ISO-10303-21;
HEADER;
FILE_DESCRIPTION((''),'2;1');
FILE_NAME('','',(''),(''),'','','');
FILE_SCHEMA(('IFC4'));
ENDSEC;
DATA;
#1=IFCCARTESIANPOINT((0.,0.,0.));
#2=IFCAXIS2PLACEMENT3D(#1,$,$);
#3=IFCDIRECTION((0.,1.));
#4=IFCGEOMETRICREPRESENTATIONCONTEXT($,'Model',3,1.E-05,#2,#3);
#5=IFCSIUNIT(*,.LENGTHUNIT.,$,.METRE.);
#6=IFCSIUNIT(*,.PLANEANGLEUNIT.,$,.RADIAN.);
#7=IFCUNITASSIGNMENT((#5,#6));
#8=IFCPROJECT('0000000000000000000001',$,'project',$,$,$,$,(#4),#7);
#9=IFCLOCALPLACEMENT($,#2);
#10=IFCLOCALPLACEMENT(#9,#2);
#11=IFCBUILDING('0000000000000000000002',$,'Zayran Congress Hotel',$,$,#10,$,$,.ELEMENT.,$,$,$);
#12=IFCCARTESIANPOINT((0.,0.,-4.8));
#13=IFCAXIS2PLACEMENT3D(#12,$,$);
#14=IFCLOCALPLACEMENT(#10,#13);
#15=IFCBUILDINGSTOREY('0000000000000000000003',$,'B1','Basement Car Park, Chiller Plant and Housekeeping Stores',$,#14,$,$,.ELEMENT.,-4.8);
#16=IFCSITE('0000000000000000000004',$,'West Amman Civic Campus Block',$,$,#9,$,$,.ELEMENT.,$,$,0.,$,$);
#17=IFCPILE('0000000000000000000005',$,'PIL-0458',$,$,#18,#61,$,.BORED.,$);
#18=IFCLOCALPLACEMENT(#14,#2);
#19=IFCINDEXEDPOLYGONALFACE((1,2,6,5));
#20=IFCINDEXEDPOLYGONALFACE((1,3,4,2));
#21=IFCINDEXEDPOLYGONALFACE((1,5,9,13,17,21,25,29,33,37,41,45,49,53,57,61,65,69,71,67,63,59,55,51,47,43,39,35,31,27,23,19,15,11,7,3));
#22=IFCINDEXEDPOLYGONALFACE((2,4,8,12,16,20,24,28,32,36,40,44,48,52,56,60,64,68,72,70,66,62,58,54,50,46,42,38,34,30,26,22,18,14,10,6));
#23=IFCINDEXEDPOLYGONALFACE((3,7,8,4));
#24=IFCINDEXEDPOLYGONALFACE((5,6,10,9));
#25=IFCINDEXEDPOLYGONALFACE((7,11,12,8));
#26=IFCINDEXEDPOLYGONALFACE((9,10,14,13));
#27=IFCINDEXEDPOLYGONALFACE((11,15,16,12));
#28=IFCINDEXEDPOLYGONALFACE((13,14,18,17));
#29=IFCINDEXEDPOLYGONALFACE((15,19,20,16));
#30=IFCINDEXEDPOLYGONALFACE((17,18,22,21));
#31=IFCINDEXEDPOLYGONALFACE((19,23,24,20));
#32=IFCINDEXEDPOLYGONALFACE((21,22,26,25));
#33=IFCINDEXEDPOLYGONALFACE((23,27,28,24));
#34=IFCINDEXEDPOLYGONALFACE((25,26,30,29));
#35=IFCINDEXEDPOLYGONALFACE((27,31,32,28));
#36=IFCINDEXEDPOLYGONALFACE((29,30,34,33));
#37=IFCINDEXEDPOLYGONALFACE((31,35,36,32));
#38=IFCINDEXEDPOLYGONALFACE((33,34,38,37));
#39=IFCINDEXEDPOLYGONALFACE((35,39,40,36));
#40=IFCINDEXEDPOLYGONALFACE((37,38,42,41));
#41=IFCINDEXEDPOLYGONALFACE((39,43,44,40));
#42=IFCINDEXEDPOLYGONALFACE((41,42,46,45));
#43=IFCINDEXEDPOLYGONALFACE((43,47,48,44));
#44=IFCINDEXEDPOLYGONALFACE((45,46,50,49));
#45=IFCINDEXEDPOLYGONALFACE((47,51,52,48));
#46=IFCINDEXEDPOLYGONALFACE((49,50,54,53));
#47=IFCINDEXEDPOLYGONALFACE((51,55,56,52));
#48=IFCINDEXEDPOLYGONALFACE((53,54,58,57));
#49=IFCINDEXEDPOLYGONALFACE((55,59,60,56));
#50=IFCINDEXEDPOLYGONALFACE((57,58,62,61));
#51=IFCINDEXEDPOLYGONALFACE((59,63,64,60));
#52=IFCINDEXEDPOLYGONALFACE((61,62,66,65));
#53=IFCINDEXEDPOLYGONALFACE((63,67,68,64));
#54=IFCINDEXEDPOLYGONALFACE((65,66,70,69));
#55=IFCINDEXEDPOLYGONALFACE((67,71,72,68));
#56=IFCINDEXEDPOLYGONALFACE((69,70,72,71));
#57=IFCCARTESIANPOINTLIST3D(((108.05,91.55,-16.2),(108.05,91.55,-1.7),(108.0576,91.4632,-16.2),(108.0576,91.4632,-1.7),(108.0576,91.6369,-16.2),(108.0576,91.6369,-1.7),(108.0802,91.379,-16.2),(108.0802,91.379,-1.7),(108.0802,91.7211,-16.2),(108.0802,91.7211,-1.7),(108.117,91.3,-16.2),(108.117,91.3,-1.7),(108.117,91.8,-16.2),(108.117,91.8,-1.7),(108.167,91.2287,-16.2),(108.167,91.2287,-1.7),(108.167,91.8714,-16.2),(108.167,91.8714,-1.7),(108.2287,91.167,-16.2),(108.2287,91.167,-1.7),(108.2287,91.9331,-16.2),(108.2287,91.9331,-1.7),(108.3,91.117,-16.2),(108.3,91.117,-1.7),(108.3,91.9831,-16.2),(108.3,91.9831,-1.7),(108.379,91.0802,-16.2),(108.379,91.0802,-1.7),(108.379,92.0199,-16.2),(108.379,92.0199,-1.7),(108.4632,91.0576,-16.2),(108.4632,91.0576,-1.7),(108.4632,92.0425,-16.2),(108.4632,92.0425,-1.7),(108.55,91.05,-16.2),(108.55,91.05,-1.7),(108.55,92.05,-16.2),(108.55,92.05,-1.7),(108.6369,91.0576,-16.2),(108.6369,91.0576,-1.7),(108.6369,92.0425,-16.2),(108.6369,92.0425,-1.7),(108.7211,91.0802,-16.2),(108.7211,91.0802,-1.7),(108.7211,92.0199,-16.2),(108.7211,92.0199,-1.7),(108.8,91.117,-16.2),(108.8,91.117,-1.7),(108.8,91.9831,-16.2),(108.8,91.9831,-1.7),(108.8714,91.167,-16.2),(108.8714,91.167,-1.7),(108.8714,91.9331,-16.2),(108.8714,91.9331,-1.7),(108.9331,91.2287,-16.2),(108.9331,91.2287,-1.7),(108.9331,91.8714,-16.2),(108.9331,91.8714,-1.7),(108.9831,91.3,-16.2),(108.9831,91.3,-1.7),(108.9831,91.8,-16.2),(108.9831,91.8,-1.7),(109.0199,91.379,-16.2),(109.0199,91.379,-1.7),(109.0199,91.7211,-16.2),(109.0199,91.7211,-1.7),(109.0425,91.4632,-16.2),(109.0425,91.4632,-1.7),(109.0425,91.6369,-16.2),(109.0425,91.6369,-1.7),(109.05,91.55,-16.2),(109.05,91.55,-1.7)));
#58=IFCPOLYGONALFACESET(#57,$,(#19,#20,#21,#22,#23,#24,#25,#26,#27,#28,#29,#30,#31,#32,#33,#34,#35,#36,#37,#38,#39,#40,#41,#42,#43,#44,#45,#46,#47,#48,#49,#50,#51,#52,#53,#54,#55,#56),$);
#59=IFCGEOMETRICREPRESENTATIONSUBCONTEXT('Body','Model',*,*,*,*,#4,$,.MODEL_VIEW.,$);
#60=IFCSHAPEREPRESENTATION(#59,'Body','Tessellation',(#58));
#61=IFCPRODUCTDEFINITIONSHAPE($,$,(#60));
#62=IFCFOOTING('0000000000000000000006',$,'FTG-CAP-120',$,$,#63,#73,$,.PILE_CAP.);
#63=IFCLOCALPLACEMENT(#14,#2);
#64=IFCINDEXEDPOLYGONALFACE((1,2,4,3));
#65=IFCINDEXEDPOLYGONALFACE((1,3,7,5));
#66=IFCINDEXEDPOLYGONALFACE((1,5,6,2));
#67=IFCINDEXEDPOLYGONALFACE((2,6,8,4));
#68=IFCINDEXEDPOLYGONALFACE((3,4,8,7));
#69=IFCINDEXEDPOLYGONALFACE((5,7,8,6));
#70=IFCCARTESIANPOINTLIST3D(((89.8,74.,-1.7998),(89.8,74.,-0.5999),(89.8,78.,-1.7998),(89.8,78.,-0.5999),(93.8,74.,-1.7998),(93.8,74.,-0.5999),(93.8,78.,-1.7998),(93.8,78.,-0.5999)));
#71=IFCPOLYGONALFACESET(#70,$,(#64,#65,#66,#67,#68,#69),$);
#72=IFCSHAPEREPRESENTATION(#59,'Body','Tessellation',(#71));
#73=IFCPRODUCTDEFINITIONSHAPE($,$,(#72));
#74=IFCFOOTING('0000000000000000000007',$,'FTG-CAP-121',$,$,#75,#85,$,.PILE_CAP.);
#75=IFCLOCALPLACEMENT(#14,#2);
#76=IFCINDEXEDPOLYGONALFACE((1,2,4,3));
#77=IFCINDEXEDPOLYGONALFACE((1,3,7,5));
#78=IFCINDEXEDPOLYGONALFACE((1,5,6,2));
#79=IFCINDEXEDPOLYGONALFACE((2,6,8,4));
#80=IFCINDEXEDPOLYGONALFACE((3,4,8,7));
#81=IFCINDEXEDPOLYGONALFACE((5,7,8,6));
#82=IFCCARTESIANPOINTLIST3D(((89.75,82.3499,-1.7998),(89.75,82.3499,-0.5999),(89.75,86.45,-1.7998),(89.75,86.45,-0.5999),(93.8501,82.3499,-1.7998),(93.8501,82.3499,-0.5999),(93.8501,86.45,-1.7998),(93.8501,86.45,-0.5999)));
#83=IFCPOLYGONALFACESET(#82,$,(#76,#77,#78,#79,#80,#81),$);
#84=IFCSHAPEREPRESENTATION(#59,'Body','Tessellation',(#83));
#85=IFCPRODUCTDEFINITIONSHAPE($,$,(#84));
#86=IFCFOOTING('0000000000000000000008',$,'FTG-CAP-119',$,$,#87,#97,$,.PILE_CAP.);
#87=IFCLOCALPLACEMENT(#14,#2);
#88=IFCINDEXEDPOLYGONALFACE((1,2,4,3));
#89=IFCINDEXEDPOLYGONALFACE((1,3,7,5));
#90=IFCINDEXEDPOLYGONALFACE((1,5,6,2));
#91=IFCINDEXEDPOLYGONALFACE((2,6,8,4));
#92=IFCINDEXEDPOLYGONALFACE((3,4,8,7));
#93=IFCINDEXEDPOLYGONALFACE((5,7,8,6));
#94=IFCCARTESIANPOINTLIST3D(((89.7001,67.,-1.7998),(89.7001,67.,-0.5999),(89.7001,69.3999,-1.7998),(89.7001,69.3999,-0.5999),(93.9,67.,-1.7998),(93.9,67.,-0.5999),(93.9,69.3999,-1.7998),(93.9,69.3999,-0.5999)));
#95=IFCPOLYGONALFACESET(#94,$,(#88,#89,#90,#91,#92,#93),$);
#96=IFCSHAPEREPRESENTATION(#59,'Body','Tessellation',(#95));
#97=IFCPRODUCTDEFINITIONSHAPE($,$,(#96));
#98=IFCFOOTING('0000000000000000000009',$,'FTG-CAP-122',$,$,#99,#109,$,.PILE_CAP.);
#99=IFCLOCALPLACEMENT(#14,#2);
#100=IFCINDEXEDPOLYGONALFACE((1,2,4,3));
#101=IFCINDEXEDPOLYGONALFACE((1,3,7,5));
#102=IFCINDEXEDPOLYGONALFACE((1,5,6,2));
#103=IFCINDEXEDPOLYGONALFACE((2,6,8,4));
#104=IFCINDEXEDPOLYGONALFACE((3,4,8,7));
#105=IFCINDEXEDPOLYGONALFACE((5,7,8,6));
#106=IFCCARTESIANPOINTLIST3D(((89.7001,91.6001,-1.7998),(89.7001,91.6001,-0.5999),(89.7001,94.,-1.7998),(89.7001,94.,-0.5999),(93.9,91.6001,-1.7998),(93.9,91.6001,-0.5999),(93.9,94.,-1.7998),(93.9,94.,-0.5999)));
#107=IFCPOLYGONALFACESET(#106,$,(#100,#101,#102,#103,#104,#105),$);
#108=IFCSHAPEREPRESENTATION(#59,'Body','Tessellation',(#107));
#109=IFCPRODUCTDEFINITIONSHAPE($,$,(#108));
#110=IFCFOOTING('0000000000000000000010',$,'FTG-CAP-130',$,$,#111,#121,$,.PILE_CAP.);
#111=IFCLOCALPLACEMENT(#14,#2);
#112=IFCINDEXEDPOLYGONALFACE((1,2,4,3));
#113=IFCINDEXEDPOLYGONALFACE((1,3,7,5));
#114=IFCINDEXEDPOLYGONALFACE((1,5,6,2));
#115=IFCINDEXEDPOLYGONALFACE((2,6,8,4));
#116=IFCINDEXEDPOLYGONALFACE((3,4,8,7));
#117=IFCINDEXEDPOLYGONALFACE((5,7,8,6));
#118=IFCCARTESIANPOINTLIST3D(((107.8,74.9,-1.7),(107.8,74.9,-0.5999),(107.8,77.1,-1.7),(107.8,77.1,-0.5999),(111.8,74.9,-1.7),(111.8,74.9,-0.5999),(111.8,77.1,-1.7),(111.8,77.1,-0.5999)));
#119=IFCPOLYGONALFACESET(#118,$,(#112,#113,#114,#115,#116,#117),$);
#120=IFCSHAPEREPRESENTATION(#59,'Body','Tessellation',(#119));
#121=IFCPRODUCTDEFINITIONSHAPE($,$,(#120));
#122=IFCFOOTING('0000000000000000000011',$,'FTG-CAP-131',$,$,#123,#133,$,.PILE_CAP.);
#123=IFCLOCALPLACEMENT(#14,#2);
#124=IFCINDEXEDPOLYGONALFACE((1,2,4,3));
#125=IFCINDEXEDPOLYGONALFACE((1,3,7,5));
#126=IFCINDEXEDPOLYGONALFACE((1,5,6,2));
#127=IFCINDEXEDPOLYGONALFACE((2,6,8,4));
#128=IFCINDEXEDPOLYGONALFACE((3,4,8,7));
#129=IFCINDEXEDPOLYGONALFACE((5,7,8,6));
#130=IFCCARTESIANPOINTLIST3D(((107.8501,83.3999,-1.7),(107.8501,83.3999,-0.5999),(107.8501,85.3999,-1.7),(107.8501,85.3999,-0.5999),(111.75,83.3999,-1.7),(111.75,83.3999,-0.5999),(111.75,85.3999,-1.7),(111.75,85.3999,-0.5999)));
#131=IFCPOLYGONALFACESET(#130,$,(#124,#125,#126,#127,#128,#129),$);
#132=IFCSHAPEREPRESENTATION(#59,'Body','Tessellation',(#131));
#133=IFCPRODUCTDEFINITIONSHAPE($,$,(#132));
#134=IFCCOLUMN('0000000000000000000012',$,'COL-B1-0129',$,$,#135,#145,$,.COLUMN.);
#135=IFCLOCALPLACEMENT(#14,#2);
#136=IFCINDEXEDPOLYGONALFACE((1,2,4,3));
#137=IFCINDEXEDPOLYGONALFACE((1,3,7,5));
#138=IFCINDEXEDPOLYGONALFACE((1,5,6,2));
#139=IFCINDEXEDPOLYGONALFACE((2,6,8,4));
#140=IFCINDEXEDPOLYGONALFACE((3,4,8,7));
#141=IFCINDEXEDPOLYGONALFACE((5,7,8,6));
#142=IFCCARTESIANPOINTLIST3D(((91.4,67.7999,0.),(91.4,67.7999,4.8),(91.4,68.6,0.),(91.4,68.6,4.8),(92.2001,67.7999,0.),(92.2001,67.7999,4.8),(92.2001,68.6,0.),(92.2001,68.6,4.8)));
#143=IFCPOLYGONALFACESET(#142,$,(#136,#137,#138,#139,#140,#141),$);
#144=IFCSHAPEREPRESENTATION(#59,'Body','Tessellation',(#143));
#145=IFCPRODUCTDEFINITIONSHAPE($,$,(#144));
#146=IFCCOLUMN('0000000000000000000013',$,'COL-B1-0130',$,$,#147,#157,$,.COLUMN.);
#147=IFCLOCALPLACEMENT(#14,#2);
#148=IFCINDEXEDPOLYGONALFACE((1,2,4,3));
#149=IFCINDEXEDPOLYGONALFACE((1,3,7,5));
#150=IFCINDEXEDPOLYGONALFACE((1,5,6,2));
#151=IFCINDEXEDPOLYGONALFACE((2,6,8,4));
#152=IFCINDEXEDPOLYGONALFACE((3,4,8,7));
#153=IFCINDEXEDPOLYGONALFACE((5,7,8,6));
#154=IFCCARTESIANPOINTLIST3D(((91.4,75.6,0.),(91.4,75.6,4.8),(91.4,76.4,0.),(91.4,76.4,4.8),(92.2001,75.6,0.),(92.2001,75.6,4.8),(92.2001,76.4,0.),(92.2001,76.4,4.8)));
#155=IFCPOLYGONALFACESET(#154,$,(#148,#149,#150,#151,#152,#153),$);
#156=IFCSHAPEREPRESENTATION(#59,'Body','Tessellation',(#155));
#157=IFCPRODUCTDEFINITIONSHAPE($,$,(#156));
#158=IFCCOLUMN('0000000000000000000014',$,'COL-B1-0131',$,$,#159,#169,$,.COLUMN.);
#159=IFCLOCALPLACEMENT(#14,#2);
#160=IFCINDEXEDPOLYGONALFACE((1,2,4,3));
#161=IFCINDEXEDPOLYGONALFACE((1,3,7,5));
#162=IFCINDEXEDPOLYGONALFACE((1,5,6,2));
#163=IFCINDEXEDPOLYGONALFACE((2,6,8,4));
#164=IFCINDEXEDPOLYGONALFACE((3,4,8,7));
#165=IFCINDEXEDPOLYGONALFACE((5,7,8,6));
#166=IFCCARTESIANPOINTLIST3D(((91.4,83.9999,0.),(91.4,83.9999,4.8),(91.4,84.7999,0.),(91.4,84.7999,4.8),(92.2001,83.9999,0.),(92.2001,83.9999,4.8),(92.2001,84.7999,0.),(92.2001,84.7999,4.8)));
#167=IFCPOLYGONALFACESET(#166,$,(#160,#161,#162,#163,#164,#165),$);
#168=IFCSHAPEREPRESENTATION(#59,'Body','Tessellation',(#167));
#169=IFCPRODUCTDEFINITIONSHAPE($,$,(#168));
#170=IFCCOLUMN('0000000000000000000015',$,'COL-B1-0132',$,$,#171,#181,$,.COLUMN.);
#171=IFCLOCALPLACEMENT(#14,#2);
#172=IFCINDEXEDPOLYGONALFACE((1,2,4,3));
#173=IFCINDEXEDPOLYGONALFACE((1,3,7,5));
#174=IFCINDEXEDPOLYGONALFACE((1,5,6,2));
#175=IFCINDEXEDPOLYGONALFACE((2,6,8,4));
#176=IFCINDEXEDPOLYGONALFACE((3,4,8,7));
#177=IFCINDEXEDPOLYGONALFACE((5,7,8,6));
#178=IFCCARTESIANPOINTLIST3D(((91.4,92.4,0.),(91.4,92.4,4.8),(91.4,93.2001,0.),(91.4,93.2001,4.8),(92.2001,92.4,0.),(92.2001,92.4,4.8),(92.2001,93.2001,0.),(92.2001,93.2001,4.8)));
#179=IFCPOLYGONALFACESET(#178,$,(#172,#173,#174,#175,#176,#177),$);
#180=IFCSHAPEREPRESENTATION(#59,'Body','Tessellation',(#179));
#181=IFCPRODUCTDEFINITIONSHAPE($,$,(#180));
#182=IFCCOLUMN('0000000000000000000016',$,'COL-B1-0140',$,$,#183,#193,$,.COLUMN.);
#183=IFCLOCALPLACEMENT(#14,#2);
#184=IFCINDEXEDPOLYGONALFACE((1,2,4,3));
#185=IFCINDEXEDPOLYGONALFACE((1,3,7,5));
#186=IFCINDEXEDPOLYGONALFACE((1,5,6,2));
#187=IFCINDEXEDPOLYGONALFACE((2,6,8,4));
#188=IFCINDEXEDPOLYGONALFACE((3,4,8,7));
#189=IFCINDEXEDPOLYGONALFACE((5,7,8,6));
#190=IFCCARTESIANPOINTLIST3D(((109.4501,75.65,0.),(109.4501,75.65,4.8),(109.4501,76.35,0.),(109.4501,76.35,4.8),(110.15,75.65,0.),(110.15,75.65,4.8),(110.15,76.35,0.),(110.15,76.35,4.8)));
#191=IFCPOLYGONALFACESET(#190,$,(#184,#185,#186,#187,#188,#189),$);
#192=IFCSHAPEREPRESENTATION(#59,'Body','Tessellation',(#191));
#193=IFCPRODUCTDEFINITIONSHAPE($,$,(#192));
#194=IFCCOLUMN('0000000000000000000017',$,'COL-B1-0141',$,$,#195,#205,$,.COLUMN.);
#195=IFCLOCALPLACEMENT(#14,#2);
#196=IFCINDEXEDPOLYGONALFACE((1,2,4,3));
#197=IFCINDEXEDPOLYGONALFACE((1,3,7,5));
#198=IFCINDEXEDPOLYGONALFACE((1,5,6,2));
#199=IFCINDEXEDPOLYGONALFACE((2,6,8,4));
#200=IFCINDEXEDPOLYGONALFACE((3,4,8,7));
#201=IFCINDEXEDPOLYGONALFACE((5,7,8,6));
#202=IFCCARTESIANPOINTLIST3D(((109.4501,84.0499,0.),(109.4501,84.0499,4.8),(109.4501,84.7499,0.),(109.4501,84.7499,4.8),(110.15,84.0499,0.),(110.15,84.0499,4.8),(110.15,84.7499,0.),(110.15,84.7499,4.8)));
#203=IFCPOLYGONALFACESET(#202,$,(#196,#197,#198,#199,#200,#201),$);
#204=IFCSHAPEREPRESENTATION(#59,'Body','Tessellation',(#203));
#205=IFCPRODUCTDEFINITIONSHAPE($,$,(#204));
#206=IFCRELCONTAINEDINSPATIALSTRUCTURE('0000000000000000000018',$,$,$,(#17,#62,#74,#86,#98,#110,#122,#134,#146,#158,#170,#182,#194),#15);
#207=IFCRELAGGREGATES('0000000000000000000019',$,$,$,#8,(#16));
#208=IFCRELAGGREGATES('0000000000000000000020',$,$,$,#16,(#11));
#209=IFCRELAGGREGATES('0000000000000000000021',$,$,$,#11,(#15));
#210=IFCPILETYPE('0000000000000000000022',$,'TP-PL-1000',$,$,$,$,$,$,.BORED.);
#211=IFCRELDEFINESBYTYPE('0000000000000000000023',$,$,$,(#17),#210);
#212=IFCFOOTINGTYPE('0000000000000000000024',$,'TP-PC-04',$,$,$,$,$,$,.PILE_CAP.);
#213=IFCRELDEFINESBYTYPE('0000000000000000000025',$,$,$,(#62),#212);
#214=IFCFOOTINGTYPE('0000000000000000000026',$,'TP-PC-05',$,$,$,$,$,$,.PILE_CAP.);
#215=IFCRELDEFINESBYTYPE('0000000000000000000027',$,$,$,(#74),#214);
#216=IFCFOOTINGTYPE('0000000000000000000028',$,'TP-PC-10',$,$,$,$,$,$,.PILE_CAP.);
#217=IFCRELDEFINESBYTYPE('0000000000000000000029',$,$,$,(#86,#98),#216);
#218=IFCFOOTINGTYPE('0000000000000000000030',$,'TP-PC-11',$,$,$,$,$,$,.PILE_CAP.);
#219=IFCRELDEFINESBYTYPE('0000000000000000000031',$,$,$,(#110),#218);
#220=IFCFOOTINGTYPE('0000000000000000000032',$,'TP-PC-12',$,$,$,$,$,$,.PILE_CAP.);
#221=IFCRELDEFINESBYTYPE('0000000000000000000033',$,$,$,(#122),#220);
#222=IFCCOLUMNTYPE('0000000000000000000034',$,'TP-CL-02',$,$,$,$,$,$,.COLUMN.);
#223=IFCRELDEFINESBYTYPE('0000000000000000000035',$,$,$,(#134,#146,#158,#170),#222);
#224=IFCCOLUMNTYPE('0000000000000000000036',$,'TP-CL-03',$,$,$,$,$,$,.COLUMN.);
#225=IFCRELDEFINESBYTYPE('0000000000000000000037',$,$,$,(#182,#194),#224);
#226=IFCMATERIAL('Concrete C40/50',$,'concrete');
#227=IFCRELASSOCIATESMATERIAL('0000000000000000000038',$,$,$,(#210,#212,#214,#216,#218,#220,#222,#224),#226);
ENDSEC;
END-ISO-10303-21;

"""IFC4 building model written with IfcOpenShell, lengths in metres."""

from ifc_helpers import new_model, si_unit, direction, frame, origin, origin_2d, place, context, subcontext, project, spatial, rectangle, circle, extrude, material, material_profile, profile_set, type_object, element, save


model = new_model("IFC4")

# Units and contexts
model_context = context("Model", 3, precision=1e-05, world=origin(), true_north=direction((0.0, 1.0)))
body_context = subcontext(model_context, "Body", "Model", "MODEL_VIEW")
ifc_project = project(units=[si_unit("LENGTHUNIT", "METRE"), si_unit("PLANEANGLEUNIT", "RADIAN")], contexts=[model_context])

# Site, building, storey
site_placement = place(None, origin())
site = spatial("IfcSite", under=ifc_project, at=site_placement, Name="West Amman Civic Campus Block", CompositionType="ELEMENT", RefElevation=0.0)
building_placement = place(site_placement, origin())
building = spatial("IfcBuilding", under=site, at=building_placement, Name="Zayran Congress Hotel", CompositionType="ELEMENT")
storey_placement = place(building_placement, frame((0.0, 0.0, -4.8)))
storey = spatial("IfcBuildingStorey", under=building, at=storey_placement, Name="B1", Description="Basement Car Park, Chiller Plant and Housekeeping Stores", CompositionType="ELEMENT", Elevation=-4.8)

# Pile
ifc_material_1 = material(Name="Concrete C40/50", Category="concrete")
ifc_material_profile_1 = material_profile(ifc_material_1, circle(Radius=0.5, at=origin_2d()), Name="PILE D1000")
ifc_profile_set_1 = profile_set([ifc_material_profile_1], Name="Concrete C40/50")
pile_type = type_object("IfcPileType", Name="TP-PL-1000", PredefinedType="BORED", material=ifc_profile_set_1)
pile_placement = place(storey_placement, frame((108.55, 91.55, -1.7), z_axis=(0.0, 0.0, -1.0), x_axis=(1.0, 0.0, 0.0)))
element("IfcPile", 1, at=pile_placement, inside=storey, type_object=pile_type, Name="PIL-0458", PredefinedType="BORED", context=body_context, shape_type="SweptSolid", body=[
    extrude(circle(Radius=0.5, at=origin_2d()), origin(), (0.0, 0.0, 1.0), 14.5),
])

# Footings
footing_type_1 = type_object("IfcFootingType", Name="TP-PC-04", PredefinedType="PILE_CAP", material=ifc_material_1)
footing_1_placement = place(storey_placement, frame((91.8, 76.0, -1.7998), z_axis=(0.0, 0.0, 1.0), x_axis=(1.0, 0.0, 0.0)))
element("IfcFooting", 2, at=footing_1_placement, inside=storey, type_object=footing_type_1, Name="FTG-CAP-120", PredefinedType="PILE_CAP", context=body_context, shape_type="SweptSolid", body=[
    extrude(rectangle(XDim=4.0, YDim=4.0, at=origin_2d()), origin(), (0.0, 0.0, 1.0), 1.2),
])
footing_type_2 = type_object("IfcFootingType", Name="TP-PC-05", PredefinedType="PILE_CAP", material=ifc_material_1)
footing_2_placement = place(storey_placement, frame((91.8, 84.3999, -1.7998), z_axis=(0.0, 0.0, 1.0), x_axis=(1.0, 0.0, 0.0)))
element("IfcFooting", 3, at=footing_2_placement, inside=storey, type_object=footing_type_2, Name="FTG-CAP-121", PredefinedType="PILE_CAP", context=body_context, shape_type="SweptSolid", body=[
    extrude(rectangle(XDim=4.1001, YDim=4.1001, at=origin_2d()), origin(), (0.0, 0.0, 1.0), 1.2),
])
footing_type_3 = type_object("IfcFootingType", Name="TP-PC-10", PredefinedType="PILE_CAP", material=ifc_material_1)
for number, where, z_axis, x_axis, name in (
    (4, (91.8, 68.2, -1.7998), (0.0, 0.0, 1.0), (1.0, 0.0, 0.0), "FTG-CAP-119"),
    (5, (91.8, 92.8, -1.7998), (0.0, 0.0, 1.0), (1.0, 0.0, 0.0), "FTG-CAP-122"),
):
    element("IfcFooting", number, at=place(storey_placement, frame(where, z_axis=z_axis, x_axis=x_axis)), inside=storey, type_object=footing_type_3, Name=name, PredefinedType="PILE_CAP", context=body_context, shape_type="SweptSolid", body=[
        extrude(rectangle(XDim=4.2, YDim=2.3999, at=origin_2d()), origin(), (0.0, 0.0, 1.0), 1.2),
    ])
footing_type_4 = type_object("IfcFootingType", Name="TP-PC-11", PredefinedType="PILE_CAP", material=ifc_material_1)
footing_3_placement = place(storey_placement, frame((109.8, 76.0, -1.7), z_axis=(0.0, 0.0, 1.0), x_axis=(1.0, 0.0, 0.0)))
element("IfcFooting", 6, at=footing_3_placement, inside=storey, type_object=footing_type_4, Name="FTG-CAP-130", PredefinedType="PILE_CAP", context=body_context, shape_type="SweptSolid", body=[
    extrude(rectangle(XDim=4.0, YDim=2.2, at=origin_2d()), origin(), (0.0, 0.0, 1.0), 1.1001),
])
footing_type_5 = type_object("IfcFootingType", Name="TP-PC-12", PredefinedType="PILE_CAP", material=ifc_material_1)
footing_4_placement = place(storey_placement, frame((109.8, 84.3999, -1.7), z_axis=(0.0, 0.0, 1.0), x_axis=(1.0, 0.0, 0.0)))
element("IfcFooting", 7, at=footing_4_placement, inside=storey, type_object=footing_type_5, Name="FTG-CAP-131", PredefinedType="PILE_CAP", context=body_context, shape_type="SweptSolid", body=[
    extrude(rectangle(XDim=3.8999, YDim=2.0, at=origin_2d()), origin(), (0.0, 0.0, 1.0), 1.1001),
])

# Columns
ifc_material_profile_2 = material_profile(ifc_material_1, rectangle(XDim=0.8, YDim=0.8, at=origin_2d()), Name="RC 800x800")
ifc_profile_set_2 = profile_set([ifc_material_profile_2], Name="Concrete C40/50")
column_type_1 = type_object("IfcColumnType", Name="TP-CL-02", PredefinedType="COLUMN", material=ifc_profile_set_2)
for number, where, z_axis, x_axis, name in (
    (8, (91.8, 68.2, 0.0), (0.0, 0.0, 1.0), (1.0, 0.0, 0.0), "COL-B1-0129"),
    (9, (91.8, 76.0, 0.0), (0.0, 0.0, 1.0), (1.0, 0.0, 0.0), "COL-B1-0130"),
    (10, (91.8, 84.3999, 0.0), (0.0, 0.0, 1.0), (1.0, 0.0, 0.0), "COL-B1-0131"),
    (11, (91.8, 92.8, 0.0), (0.0, 0.0, 1.0), (1.0, 0.0, 0.0), "COL-B1-0132"),
):
    element("IfcColumn", number, at=place(storey_placement, frame(where, z_axis=z_axis, x_axis=x_axis)), inside=storey, type_object=column_type_1, Name=name, PredefinedType="COLUMN", context=body_context, shape_type="SweptSolid", body=[
        extrude(rectangle(XDim=0.8, YDim=0.8, at=origin_2d()), origin(), (0.0, 0.0, 1.0), 4.8),
    ])
ifc_material_profile_3 = material_profile(ifc_material_1, rectangle(XDim=0.7, YDim=0.7, at=origin_2d()), Name="RC 700x700")
ifc_profile_set_3 = profile_set([ifc_material_profile_3], Name="Concrete C40/50")
column_type_2 = type_object("IfcColumnType", Name="TP-CL-03", PredefinedType="COLUMN", material=ifc_profile_set_3)
for number, where, z_axis, x_axis, name in (
    (12, (109.8, 76.0, 0.0), (0.0, 0.0, 1.0), (1.0, 0.0, 0.0), "COL-B1-0140"),
    (13, (109.8, 84.3999, 0.0), (0.0, 0.0, 1.0), (1.0, 0.0, 0.0), "COL-B1-0141"),
):
    element("IfcColumn", number, at=place(storey_placement, frame(where, z_axis=z_axis, x_axis=x_axis)), inside=storey, type_object=column_type_2, Name=name, PredefinedType="COLUMN", context=body_context, shape_type="SweptSolid", body=[
        extrude(rectangle(XDim=0.7, YDim=0.7, at=origin_2d()), origin(), (0.0, 0.0, 1.0), 4.8),
    ])

save(model, "model.ifc")
